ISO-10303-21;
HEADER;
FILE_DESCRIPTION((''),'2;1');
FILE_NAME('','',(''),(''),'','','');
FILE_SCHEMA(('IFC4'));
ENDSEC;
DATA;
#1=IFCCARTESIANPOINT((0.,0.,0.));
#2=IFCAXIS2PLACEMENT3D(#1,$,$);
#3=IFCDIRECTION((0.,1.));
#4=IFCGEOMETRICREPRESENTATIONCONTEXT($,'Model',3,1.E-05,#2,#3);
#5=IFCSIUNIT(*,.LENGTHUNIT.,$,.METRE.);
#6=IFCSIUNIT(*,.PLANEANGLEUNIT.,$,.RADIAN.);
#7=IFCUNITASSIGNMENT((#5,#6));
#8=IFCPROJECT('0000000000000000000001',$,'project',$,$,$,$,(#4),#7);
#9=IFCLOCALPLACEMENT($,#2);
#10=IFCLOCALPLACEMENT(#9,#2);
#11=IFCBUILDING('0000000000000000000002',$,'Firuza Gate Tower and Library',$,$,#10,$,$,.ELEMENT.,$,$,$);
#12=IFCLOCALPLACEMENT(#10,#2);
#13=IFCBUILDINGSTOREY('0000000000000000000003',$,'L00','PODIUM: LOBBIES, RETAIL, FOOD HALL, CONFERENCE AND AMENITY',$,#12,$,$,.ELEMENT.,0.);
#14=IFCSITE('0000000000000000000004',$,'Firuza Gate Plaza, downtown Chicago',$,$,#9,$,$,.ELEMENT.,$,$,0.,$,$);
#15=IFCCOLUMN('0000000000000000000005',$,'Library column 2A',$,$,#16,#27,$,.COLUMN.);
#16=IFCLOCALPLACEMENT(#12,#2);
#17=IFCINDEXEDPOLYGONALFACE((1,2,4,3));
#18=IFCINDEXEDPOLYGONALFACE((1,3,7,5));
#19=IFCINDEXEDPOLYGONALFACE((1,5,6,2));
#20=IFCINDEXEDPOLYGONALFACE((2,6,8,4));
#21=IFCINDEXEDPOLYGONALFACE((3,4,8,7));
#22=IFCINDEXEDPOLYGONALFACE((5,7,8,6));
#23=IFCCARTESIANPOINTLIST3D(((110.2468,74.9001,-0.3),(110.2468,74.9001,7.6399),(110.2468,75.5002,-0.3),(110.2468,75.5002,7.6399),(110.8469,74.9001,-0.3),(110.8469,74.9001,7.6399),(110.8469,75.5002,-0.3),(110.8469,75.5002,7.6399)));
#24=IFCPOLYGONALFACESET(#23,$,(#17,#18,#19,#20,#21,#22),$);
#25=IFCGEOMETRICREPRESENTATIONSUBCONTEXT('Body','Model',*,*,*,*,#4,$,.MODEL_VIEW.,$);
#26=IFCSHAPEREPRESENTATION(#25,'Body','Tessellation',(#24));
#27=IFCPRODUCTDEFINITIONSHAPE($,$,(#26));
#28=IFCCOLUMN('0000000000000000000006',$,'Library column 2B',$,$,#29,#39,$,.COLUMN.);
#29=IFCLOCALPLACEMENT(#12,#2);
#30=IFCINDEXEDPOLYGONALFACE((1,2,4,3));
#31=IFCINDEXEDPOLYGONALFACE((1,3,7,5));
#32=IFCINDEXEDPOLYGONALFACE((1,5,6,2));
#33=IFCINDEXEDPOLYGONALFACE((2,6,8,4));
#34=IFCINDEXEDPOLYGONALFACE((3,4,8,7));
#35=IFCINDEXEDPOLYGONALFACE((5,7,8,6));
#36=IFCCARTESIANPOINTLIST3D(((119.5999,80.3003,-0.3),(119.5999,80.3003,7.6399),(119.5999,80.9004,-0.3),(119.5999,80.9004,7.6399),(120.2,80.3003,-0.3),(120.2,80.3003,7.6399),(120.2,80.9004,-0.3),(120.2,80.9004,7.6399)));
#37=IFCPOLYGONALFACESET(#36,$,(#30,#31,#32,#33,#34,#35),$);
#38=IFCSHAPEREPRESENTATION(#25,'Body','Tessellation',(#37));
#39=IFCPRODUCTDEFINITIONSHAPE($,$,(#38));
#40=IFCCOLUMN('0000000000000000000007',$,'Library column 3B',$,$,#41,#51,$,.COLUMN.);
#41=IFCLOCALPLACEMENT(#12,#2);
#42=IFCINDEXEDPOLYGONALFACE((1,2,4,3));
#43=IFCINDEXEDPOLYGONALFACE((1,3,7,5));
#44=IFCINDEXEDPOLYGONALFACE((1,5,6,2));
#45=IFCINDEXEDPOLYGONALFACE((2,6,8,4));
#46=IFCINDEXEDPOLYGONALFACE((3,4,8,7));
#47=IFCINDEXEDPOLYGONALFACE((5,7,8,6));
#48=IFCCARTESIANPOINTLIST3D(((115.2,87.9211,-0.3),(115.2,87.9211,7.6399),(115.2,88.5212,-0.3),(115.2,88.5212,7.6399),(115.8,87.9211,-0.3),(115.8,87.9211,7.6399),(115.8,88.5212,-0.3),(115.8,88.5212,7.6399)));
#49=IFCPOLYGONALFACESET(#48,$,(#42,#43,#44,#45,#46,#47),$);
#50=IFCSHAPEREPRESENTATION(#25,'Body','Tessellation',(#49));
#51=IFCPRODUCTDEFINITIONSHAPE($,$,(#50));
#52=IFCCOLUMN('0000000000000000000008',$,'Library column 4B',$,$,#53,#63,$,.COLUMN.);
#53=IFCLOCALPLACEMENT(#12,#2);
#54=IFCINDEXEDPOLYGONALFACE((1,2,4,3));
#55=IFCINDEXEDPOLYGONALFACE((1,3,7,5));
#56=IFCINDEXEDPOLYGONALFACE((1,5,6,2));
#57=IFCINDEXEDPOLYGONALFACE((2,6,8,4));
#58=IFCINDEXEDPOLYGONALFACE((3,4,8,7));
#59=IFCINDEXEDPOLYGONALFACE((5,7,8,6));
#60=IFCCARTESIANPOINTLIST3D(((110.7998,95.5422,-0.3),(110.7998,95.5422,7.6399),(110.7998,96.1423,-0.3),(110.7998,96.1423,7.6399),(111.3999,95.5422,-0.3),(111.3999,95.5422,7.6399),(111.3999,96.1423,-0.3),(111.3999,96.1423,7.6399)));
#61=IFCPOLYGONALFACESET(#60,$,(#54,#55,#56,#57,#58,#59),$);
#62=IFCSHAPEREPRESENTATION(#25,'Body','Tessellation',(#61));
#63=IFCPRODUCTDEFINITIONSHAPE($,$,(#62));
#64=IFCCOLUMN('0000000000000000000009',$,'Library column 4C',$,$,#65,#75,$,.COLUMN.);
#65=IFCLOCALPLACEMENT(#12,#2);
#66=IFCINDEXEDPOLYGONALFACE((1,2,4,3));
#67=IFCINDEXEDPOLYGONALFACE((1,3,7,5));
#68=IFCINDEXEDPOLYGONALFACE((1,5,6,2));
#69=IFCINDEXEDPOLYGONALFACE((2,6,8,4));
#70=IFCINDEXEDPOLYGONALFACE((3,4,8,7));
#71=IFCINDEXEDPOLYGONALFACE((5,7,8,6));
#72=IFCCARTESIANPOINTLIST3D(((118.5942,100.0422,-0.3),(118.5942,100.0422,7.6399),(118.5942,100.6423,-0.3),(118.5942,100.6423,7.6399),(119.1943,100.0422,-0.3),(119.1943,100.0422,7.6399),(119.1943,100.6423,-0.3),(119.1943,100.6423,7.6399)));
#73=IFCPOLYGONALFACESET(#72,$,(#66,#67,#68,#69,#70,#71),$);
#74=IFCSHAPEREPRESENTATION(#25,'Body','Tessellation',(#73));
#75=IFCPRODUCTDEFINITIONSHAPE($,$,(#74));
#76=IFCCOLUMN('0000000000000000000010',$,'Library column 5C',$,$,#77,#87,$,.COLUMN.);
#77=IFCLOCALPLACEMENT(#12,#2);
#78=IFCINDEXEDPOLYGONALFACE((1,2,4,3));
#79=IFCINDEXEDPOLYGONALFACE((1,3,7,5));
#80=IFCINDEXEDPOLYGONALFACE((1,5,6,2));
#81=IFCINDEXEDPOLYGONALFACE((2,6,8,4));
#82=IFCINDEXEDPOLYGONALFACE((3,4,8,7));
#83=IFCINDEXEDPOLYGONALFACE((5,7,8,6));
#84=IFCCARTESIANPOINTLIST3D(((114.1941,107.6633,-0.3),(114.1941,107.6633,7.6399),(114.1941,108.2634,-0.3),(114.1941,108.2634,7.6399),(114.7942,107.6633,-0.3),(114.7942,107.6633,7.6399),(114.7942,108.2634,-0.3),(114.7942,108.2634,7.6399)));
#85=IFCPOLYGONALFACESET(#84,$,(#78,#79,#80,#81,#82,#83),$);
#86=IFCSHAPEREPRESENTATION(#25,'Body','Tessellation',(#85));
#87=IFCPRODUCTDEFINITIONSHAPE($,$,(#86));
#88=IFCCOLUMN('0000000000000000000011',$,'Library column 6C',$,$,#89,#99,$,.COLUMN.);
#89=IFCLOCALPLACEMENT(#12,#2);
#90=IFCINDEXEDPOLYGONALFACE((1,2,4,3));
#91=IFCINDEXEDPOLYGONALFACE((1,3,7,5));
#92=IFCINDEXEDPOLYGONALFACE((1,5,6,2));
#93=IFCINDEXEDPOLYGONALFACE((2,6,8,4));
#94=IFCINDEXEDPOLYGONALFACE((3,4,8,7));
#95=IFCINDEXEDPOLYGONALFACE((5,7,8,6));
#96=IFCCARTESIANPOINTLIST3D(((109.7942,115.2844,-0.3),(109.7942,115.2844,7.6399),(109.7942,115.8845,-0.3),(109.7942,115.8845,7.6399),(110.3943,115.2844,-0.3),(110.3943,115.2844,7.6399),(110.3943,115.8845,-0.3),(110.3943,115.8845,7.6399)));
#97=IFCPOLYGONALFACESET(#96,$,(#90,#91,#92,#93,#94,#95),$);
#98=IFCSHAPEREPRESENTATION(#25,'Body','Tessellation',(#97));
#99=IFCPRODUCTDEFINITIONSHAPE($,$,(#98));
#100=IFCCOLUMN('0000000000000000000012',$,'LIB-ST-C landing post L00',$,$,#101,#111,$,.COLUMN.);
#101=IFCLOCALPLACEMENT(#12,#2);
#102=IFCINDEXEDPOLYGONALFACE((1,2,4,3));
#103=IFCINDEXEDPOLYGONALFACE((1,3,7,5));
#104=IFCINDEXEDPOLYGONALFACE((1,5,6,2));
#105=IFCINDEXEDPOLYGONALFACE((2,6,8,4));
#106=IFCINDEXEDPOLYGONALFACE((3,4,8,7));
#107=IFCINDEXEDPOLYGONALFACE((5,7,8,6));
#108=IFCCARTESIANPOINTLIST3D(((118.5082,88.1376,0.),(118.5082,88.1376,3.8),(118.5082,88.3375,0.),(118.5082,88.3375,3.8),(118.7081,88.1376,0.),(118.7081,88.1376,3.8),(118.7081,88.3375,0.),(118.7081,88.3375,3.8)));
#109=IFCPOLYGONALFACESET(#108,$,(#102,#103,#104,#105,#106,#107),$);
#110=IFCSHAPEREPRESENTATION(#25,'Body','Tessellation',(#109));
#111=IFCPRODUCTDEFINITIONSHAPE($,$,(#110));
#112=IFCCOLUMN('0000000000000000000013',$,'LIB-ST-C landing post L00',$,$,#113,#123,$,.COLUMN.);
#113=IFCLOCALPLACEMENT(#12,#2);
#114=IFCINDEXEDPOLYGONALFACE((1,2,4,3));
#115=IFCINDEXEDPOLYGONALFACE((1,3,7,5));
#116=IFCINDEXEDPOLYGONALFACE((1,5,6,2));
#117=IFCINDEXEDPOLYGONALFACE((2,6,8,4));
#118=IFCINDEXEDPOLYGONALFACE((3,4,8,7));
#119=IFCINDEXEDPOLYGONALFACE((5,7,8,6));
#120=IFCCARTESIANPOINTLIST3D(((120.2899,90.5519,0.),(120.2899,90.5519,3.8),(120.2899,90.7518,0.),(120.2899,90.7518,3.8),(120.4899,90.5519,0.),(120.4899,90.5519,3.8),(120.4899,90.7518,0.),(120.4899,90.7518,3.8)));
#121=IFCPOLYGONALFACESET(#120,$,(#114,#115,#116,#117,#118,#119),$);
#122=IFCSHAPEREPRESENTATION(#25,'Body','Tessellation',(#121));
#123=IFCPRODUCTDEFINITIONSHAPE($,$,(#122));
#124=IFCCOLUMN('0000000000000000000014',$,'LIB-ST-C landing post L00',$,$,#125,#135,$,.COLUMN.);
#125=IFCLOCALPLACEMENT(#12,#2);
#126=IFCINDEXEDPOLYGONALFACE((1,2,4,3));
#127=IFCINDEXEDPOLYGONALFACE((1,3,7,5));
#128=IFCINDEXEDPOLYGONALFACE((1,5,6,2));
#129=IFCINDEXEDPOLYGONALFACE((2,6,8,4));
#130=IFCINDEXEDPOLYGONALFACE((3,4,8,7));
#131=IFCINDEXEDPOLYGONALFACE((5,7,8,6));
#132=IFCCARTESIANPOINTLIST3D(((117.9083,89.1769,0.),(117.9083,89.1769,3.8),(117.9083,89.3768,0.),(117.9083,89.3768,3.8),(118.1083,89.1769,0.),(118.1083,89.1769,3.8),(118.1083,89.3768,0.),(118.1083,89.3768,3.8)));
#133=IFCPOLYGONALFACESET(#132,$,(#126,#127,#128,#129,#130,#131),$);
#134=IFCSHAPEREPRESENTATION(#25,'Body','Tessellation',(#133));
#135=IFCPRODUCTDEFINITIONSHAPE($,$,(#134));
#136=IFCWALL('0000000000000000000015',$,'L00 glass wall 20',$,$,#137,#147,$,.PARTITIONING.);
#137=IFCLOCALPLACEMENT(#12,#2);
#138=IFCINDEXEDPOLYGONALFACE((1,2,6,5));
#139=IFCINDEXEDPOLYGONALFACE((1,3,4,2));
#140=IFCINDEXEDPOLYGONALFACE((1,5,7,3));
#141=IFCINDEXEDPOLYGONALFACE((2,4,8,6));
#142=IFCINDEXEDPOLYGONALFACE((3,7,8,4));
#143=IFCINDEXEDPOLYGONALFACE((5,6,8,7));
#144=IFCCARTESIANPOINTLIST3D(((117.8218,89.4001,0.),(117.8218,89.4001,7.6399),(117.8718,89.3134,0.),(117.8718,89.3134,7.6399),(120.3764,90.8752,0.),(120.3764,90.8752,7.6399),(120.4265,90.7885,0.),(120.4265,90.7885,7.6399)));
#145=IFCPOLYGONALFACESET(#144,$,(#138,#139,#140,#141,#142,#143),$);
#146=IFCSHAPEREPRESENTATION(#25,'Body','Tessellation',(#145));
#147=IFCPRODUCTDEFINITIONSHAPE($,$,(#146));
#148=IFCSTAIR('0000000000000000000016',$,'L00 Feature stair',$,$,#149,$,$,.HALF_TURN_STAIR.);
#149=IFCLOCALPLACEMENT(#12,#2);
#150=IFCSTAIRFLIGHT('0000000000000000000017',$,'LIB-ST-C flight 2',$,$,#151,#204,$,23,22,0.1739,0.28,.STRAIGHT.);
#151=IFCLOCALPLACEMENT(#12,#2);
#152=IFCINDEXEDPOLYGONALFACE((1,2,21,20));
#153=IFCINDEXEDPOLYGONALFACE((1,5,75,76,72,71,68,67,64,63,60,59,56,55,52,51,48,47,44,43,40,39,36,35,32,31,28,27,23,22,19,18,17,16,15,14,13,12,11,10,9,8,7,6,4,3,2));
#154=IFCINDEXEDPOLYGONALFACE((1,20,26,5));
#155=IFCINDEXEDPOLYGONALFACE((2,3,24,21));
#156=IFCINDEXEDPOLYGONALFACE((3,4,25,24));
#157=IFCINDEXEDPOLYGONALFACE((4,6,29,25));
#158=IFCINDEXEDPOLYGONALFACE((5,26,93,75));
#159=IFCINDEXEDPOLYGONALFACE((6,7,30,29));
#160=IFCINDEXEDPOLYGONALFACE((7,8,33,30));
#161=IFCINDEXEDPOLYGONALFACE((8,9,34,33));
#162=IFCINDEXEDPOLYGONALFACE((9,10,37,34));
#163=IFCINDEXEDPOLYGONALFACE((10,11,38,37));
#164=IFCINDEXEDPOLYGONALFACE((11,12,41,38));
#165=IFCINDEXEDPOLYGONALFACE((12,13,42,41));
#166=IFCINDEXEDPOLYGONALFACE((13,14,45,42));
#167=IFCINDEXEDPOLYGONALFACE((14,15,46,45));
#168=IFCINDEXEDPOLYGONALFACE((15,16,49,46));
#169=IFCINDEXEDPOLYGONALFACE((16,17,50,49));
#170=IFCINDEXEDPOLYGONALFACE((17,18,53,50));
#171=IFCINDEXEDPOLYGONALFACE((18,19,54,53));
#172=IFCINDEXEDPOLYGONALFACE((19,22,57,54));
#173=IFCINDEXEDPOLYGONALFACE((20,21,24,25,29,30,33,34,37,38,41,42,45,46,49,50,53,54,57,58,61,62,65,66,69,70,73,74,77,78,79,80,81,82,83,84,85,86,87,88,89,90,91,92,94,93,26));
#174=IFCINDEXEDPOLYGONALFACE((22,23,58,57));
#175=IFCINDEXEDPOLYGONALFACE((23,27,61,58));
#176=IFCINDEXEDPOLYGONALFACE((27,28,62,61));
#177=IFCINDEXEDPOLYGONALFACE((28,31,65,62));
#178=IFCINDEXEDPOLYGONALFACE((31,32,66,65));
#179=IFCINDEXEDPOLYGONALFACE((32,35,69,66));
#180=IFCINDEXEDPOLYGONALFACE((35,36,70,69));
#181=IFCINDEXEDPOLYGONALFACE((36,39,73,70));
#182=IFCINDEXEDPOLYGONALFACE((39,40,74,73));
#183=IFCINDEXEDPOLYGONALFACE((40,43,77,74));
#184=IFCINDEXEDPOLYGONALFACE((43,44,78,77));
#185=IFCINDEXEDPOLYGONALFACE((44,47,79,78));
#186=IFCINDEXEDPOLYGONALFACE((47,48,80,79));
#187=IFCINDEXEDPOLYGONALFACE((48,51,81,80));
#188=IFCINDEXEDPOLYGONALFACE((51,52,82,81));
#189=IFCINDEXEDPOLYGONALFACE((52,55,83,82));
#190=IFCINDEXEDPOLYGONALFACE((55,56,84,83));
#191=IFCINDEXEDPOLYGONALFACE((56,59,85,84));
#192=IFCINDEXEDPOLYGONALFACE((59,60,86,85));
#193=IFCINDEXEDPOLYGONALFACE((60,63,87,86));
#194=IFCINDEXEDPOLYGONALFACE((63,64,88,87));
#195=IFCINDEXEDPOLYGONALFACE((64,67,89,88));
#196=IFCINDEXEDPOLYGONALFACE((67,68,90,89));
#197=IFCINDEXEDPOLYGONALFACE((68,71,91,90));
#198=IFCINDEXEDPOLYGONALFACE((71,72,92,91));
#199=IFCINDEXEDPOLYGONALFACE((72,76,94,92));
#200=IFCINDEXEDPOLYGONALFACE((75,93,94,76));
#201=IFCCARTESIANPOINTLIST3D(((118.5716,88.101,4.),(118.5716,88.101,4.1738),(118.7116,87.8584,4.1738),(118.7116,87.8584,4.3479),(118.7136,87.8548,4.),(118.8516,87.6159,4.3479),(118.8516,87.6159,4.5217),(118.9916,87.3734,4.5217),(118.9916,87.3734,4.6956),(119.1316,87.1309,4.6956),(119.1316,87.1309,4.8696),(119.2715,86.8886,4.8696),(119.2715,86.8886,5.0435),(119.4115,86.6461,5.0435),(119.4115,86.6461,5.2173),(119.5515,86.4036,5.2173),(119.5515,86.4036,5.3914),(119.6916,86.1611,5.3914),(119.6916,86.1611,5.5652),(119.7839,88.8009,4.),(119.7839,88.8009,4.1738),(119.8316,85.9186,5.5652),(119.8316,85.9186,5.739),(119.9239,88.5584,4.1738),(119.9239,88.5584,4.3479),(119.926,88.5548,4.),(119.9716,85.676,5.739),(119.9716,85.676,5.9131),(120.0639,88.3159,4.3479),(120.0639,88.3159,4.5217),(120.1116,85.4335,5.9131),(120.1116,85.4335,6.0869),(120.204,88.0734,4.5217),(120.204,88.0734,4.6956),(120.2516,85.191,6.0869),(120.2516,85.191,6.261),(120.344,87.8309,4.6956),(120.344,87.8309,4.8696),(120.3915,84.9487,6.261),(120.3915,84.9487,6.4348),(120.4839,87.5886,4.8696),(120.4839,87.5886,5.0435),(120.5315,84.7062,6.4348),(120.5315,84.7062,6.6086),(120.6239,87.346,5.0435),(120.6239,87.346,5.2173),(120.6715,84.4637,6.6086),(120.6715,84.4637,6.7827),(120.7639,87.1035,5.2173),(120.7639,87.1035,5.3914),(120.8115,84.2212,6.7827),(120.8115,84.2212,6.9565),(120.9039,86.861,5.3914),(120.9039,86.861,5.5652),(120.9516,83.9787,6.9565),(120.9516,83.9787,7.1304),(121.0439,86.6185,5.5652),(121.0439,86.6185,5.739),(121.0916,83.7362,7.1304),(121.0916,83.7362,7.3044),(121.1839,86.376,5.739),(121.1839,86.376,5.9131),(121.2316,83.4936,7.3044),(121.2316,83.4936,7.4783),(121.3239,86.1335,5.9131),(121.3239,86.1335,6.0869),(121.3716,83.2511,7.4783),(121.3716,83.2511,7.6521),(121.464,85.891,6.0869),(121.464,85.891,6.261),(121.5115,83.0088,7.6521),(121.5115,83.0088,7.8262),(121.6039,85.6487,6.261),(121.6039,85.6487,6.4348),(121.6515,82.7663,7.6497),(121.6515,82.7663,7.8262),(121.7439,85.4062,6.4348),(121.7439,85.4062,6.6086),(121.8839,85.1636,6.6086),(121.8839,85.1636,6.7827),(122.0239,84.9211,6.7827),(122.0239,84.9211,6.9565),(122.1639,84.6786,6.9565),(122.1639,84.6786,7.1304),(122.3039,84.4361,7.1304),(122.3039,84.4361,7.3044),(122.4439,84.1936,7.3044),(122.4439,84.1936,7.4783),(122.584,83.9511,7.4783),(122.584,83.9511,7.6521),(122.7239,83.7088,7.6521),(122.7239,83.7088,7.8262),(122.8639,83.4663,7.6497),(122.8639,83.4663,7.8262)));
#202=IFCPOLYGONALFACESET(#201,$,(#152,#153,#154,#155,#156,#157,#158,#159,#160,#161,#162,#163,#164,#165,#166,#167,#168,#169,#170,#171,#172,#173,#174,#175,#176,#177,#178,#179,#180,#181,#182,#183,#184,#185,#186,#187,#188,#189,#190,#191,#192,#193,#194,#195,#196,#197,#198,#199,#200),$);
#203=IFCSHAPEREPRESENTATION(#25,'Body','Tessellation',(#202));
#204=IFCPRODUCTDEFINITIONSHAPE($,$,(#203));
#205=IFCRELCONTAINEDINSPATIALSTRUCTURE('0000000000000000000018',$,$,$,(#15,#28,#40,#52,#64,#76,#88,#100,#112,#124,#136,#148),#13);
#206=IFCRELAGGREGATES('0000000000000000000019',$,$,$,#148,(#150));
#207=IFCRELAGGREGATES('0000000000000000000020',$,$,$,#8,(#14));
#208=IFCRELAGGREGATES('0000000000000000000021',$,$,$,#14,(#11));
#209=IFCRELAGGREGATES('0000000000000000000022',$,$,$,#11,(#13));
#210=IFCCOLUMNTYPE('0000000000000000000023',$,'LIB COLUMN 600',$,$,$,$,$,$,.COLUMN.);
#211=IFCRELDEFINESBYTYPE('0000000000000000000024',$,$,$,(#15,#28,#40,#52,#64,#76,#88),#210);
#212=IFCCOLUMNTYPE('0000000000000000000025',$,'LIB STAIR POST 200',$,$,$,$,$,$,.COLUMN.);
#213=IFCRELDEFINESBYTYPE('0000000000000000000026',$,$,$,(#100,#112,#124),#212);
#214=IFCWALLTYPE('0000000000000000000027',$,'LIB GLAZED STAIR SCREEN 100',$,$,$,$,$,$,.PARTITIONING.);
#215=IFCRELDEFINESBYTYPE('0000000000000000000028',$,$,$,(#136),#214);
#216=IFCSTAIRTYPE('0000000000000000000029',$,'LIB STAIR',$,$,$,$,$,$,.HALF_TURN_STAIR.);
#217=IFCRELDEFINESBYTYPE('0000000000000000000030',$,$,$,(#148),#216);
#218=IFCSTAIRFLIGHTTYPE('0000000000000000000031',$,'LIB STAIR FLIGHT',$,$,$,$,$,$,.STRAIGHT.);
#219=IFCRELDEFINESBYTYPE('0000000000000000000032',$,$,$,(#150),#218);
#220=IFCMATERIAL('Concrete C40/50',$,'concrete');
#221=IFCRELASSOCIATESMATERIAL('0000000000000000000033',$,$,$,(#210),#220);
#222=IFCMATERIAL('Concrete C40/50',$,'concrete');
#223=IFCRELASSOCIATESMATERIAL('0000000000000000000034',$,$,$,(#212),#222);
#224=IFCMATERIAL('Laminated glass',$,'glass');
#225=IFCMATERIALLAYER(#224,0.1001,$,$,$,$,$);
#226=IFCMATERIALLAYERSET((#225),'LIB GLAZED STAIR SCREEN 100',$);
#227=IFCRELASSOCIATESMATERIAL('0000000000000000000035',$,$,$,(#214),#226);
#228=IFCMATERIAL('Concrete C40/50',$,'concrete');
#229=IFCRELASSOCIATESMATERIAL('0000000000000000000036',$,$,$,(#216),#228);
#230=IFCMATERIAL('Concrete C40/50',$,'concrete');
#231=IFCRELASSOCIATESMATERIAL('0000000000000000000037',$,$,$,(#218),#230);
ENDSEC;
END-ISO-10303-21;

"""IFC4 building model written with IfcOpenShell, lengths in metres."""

from ifc_helpers import new_model, si_unit, direction, frame, frame_2d, origin, origin_2d, place, context, subcontext, project, spatial, polyline, rectangle, outline, extrude, material, layer, layer_set, material_profile, profile_set, type_object, element, aggregate, save


model = new_model("IFC4")

# Units and contexts
model_context = context("Model", 3, precision=1e-05, world=origin(), true_north=direction((0.0, 1.0)))
body_context = subcontext(model_context, "Body", "Model", "MODEL_VIEW")
ifc_project = project(units=[si_unit("LENGTHUNIT", "METRE"), si_unit("PLANEANGLEUNIT", "RADIAN")], contexts=[model_context])

# Site, building, storey
site_placement = place(None, origin())
site = spatial("IfcSite", under=ifc_project, at=site_placement, Name="Firuza Gate Plaza, downtown Chicago", CompositionType="ELEMENT", RefElevation=0.0)
building_placement = place(site_placement, origin())
building = spatial("IfcBuilding", under=site, at=building_placement, Name="Firuza Gate Tower and Library", CompositionType="ELEMENT")
storey_placement = place(building_placement, origin())
storey = spatial("IfcBuildingStorey", under=building, at=storey_placement, Name="L00", Description="PODIUM: LOBBIES, RETAIL, FOOD HALL, CONFERENCE AND AMENITY", CompositionType="ELEMENT", Elevation=0.0)

# Columns
ifc_material_1 = material(Name="Concrete C40/50", Category="concrete")
ifc_material_profile_1 = material_profile(ifc_material_1, rectangle(XDim=0.6001, YDim=0.6001, at=origin_2d()))
ifc_profile_set_1 = profile_set([ifc_material_profile_1], Name="Concrete C40/50")
column_type_1 = type_object("IfcColumnType", Name="LIB COLUMN 600", PredefinedType="COLUMN", material=ifc_profile_set_1)
for number, where, z_axis, x_axis, name in (
    (1, (110.5469, 75.2002, -0.3), (0.0, 0.0, 1.0), (1.0, 0.0, 0.0), "Library column 2A"),
    (2, (119.8999, 80.6003, -0.3), (0.0, 0.0, 1.0), (1.0, 0.0, 0.0), "Library column 2B"),
    (3, (115.5, 88.2212, -0.3), (0.0, 0.0, 1.0), (1.0, 0.0, 0.0), "Library column 3B"),
    (4, (111.0999, 95.8423, -0.3), (0.0, 0.0, 1.0), (1.0, 0.0, 0.0), "Library column 4B"),
    (5, (118.8943, 100.3423, -0.3), (0.0, 0.0, 1.0), (1.0, 0.0, 0.0), "Library column 4C"),
    (6, (114.4941, 107.9634, -0.3), (0.0, 0.0, 1.0), (1.0, 0.0, 0.0), "Library column 5C"),
    (7, (110.0942, 115.5845, -0.3), (0.0, 0.0, 1.0), (1.0, 0.0, 0.0), "Library column 6C"),
):
    element("IfcColumn", number, at=place(storey_placement, frame(where, z_axis=z_axis, x_axis=x_axis)), inside=storey, type_object=column_type_1, Name=name, PredefinedType="COLUMN", context=body_context, shape_type="SweptSolid", body=[
        extrude(rectangle(XDim=0.6001, YDim=0.6001, at=origin_2d()), origin(), (0.0, 0.0, 1.0), 7.9399),
    ])
ifc_material_2 = material(Name="Concrete C40/50", Category="concrete")
ifc_material_profile_2 = material_profile(ifc_material_2, rectangle(XDim=0.2, YDim=0.2, at=origin_2d()))
ifc_profile_set_2 = profile_set([ifc_material_profile_2], Name="Concrete C40/50")
column_type_2 = type_object("IfcColumnType", Name="LIB STAIR POST 200", PredefinedType="COLUMN", material=ifc_profile_set_2)
for number, where, z_axis, x_axis, name in (
    (8, (118.6082, 88.2375, 0.0), (0.0, 0.0, 1.0), (1.0, 0.0, 0.0), "LIB-ST-C landing post L00"),
    (9, (120.3899, 90.6519, 0.0), (0.0, 0.0, 1.0), (1.0, 0.0, 0.0), "LIB-ST-C landing post L00"),
    (10, (118.0083, 89.2769, 0.0), (0.0, 0.0, 1.0), (1.0, 0.0, 0.0), "LIB-ST-C landing post L00"),
):
    element("IfcColumn", number, at=place(storey_placement, frame(where, z_axis=z_axis, x_axis=x_axis)), inside=storey, type_object=column_type_2, Name=name, PredefinedType="COLUMN", context=body_context, shape_type="SweptSolid", body=[
        extrude(rectangle(XDim=0.2, YDim=0.2, at=origin_2d()), origin(), (0.0, 0.0, 1.0), 3.8),
    ])

# Wall
ifc_material_3 = material(Name="Laminated glass", Category="glass")
ifc_layer_1 = layer(ifc_material_3, 0.1001)
ifc_layer_set_1 = layer_set([ifc_layer_1], Name="LIB GLAZED STAIR SCREEN 100")
wall_type = type_object("IfcWallType", Name="LIB GLAZED STAIR SCREEN 100", PredefinedType="PARTITIONING", material=ifc_layer_set_1)
wall_placement = place(storey_placement, frame((117.8467, 89.3567, 0.0), z_axis=(0.0, 0.0, 1.0), x_axis=(0.866004, 0.500038, 0.0)))
element("IfcWall", 11, at=wall_placement, inside=storey, type_object=wall_type, Name="L00 glass wall 20", PredefinedType="PARTITIONING", context=body_context, shape_type="SweptSolid", body=[
    extrude(rectangle(XDim=2.95, YDim=0.1001, at=frame_2d((1.4751, 0.0))), origin(), (0.0, 0.0, 1.0), 7.6399),
])

# Stair, stair flight
ifc_material_4 = material(Name="Concrete C40/50", Category="concrete")
stair_type = type_object("IfcStairType", Name="LIB STAIR", PredefinedType="HALF_TURN_STAIR", material=ifc_material_4)
stair_placement = place(storey_placement, origin())
stair = element("IfcStair", 12, at=stair_placement, inside=storey, type_object=stair_type, Name="L00 Feature stair", PredefinedType="HALF_TURN_STAIR")
ifc_material_5 = material(Name="Concrete C40/50", Category="concrete")
stair_flight_type = type_object("IfcStairFlightType", Name="LIB STAIR FLIGHT", PredefinedType="STRAIGHT", material=ifc_material_5)
stair_flight_placement = place(storey_placement, frame((119.1777, 88.4509, 4.0), z_axis=(0.0, 0.0, 1.0), x_axis=(0.5, -0.866025, 0.0)))
stair_flight = element("IfcStairFlight", 13, at=stair_flight_placement, type_object=stair_flight_type, Name="LIB-ST-C flight 2", NumberOfRisers=23, NumberOfTreads=22, PredefinedType="STRAIGHT", RiserHeight=0.1739, TreadLength=0.28, context=body_context, shape_type="SweptSolid", body=[
    extrude(outline(polyline([(0.0, 0.0), (0.0, 0.1738), (0.28, 0.1738), (0.28, 0.3479), (0.5601, 0.3479), (0.5601, 0.5217), (0.8401, 0.5217), (0.8401, 0.6956), (1.1201, 0.6956), (1.1201, 0.8696), (1.3999, 0.8696), (1.3999, 1.0435), (1.6799, 1.0435), (1.6799, 1.2173), (1.96, 1.2173), (1.96, 1.3914), (2.24, 1.3914), (2.24, 1.5652), (2.52, 1.5652), (2.52, 1.739), (2.8, 1.739), (2.8, 1.9131), (3.0801, 1.9131), (3.0801, 2.0869), (3.3601, 2.0869), (3.3601, 2.261), (3.6399, 2.261), (3.6399, 2.4348), (3.9199, 2.4348), (3.9199, 2.6086), (4.2, 2.6086), (4.2, 2.7827), (4.48, 2.7827), (4.48, 2.9565), (4.76, 2.9565), (4.76, 3.1304), (5.04, 3.1304), (5.04, 3.3044), (5.3201, 3.3044), (5.3201, 3.4783), (5.6001, 3.4783), (5.6001, 3.6521), (5.8799, 3.6521), (5.8799, 3.8262), (6.1599, 3.8262), (6.1599, 4.0), (6.1599, 3.6497), (0.2842, 0.0), (0.0, 0.0)])), frame((0.0, 0.7, 0.0), z_axis=(0.0, -1.0, 0.0), x_axis=(1.0, 0.0, 0.0)), (0.0, 0.0, 1.0), 1.3999),
])
aggregate(stair, [stair_flight])

save(model, "model.ifc")
